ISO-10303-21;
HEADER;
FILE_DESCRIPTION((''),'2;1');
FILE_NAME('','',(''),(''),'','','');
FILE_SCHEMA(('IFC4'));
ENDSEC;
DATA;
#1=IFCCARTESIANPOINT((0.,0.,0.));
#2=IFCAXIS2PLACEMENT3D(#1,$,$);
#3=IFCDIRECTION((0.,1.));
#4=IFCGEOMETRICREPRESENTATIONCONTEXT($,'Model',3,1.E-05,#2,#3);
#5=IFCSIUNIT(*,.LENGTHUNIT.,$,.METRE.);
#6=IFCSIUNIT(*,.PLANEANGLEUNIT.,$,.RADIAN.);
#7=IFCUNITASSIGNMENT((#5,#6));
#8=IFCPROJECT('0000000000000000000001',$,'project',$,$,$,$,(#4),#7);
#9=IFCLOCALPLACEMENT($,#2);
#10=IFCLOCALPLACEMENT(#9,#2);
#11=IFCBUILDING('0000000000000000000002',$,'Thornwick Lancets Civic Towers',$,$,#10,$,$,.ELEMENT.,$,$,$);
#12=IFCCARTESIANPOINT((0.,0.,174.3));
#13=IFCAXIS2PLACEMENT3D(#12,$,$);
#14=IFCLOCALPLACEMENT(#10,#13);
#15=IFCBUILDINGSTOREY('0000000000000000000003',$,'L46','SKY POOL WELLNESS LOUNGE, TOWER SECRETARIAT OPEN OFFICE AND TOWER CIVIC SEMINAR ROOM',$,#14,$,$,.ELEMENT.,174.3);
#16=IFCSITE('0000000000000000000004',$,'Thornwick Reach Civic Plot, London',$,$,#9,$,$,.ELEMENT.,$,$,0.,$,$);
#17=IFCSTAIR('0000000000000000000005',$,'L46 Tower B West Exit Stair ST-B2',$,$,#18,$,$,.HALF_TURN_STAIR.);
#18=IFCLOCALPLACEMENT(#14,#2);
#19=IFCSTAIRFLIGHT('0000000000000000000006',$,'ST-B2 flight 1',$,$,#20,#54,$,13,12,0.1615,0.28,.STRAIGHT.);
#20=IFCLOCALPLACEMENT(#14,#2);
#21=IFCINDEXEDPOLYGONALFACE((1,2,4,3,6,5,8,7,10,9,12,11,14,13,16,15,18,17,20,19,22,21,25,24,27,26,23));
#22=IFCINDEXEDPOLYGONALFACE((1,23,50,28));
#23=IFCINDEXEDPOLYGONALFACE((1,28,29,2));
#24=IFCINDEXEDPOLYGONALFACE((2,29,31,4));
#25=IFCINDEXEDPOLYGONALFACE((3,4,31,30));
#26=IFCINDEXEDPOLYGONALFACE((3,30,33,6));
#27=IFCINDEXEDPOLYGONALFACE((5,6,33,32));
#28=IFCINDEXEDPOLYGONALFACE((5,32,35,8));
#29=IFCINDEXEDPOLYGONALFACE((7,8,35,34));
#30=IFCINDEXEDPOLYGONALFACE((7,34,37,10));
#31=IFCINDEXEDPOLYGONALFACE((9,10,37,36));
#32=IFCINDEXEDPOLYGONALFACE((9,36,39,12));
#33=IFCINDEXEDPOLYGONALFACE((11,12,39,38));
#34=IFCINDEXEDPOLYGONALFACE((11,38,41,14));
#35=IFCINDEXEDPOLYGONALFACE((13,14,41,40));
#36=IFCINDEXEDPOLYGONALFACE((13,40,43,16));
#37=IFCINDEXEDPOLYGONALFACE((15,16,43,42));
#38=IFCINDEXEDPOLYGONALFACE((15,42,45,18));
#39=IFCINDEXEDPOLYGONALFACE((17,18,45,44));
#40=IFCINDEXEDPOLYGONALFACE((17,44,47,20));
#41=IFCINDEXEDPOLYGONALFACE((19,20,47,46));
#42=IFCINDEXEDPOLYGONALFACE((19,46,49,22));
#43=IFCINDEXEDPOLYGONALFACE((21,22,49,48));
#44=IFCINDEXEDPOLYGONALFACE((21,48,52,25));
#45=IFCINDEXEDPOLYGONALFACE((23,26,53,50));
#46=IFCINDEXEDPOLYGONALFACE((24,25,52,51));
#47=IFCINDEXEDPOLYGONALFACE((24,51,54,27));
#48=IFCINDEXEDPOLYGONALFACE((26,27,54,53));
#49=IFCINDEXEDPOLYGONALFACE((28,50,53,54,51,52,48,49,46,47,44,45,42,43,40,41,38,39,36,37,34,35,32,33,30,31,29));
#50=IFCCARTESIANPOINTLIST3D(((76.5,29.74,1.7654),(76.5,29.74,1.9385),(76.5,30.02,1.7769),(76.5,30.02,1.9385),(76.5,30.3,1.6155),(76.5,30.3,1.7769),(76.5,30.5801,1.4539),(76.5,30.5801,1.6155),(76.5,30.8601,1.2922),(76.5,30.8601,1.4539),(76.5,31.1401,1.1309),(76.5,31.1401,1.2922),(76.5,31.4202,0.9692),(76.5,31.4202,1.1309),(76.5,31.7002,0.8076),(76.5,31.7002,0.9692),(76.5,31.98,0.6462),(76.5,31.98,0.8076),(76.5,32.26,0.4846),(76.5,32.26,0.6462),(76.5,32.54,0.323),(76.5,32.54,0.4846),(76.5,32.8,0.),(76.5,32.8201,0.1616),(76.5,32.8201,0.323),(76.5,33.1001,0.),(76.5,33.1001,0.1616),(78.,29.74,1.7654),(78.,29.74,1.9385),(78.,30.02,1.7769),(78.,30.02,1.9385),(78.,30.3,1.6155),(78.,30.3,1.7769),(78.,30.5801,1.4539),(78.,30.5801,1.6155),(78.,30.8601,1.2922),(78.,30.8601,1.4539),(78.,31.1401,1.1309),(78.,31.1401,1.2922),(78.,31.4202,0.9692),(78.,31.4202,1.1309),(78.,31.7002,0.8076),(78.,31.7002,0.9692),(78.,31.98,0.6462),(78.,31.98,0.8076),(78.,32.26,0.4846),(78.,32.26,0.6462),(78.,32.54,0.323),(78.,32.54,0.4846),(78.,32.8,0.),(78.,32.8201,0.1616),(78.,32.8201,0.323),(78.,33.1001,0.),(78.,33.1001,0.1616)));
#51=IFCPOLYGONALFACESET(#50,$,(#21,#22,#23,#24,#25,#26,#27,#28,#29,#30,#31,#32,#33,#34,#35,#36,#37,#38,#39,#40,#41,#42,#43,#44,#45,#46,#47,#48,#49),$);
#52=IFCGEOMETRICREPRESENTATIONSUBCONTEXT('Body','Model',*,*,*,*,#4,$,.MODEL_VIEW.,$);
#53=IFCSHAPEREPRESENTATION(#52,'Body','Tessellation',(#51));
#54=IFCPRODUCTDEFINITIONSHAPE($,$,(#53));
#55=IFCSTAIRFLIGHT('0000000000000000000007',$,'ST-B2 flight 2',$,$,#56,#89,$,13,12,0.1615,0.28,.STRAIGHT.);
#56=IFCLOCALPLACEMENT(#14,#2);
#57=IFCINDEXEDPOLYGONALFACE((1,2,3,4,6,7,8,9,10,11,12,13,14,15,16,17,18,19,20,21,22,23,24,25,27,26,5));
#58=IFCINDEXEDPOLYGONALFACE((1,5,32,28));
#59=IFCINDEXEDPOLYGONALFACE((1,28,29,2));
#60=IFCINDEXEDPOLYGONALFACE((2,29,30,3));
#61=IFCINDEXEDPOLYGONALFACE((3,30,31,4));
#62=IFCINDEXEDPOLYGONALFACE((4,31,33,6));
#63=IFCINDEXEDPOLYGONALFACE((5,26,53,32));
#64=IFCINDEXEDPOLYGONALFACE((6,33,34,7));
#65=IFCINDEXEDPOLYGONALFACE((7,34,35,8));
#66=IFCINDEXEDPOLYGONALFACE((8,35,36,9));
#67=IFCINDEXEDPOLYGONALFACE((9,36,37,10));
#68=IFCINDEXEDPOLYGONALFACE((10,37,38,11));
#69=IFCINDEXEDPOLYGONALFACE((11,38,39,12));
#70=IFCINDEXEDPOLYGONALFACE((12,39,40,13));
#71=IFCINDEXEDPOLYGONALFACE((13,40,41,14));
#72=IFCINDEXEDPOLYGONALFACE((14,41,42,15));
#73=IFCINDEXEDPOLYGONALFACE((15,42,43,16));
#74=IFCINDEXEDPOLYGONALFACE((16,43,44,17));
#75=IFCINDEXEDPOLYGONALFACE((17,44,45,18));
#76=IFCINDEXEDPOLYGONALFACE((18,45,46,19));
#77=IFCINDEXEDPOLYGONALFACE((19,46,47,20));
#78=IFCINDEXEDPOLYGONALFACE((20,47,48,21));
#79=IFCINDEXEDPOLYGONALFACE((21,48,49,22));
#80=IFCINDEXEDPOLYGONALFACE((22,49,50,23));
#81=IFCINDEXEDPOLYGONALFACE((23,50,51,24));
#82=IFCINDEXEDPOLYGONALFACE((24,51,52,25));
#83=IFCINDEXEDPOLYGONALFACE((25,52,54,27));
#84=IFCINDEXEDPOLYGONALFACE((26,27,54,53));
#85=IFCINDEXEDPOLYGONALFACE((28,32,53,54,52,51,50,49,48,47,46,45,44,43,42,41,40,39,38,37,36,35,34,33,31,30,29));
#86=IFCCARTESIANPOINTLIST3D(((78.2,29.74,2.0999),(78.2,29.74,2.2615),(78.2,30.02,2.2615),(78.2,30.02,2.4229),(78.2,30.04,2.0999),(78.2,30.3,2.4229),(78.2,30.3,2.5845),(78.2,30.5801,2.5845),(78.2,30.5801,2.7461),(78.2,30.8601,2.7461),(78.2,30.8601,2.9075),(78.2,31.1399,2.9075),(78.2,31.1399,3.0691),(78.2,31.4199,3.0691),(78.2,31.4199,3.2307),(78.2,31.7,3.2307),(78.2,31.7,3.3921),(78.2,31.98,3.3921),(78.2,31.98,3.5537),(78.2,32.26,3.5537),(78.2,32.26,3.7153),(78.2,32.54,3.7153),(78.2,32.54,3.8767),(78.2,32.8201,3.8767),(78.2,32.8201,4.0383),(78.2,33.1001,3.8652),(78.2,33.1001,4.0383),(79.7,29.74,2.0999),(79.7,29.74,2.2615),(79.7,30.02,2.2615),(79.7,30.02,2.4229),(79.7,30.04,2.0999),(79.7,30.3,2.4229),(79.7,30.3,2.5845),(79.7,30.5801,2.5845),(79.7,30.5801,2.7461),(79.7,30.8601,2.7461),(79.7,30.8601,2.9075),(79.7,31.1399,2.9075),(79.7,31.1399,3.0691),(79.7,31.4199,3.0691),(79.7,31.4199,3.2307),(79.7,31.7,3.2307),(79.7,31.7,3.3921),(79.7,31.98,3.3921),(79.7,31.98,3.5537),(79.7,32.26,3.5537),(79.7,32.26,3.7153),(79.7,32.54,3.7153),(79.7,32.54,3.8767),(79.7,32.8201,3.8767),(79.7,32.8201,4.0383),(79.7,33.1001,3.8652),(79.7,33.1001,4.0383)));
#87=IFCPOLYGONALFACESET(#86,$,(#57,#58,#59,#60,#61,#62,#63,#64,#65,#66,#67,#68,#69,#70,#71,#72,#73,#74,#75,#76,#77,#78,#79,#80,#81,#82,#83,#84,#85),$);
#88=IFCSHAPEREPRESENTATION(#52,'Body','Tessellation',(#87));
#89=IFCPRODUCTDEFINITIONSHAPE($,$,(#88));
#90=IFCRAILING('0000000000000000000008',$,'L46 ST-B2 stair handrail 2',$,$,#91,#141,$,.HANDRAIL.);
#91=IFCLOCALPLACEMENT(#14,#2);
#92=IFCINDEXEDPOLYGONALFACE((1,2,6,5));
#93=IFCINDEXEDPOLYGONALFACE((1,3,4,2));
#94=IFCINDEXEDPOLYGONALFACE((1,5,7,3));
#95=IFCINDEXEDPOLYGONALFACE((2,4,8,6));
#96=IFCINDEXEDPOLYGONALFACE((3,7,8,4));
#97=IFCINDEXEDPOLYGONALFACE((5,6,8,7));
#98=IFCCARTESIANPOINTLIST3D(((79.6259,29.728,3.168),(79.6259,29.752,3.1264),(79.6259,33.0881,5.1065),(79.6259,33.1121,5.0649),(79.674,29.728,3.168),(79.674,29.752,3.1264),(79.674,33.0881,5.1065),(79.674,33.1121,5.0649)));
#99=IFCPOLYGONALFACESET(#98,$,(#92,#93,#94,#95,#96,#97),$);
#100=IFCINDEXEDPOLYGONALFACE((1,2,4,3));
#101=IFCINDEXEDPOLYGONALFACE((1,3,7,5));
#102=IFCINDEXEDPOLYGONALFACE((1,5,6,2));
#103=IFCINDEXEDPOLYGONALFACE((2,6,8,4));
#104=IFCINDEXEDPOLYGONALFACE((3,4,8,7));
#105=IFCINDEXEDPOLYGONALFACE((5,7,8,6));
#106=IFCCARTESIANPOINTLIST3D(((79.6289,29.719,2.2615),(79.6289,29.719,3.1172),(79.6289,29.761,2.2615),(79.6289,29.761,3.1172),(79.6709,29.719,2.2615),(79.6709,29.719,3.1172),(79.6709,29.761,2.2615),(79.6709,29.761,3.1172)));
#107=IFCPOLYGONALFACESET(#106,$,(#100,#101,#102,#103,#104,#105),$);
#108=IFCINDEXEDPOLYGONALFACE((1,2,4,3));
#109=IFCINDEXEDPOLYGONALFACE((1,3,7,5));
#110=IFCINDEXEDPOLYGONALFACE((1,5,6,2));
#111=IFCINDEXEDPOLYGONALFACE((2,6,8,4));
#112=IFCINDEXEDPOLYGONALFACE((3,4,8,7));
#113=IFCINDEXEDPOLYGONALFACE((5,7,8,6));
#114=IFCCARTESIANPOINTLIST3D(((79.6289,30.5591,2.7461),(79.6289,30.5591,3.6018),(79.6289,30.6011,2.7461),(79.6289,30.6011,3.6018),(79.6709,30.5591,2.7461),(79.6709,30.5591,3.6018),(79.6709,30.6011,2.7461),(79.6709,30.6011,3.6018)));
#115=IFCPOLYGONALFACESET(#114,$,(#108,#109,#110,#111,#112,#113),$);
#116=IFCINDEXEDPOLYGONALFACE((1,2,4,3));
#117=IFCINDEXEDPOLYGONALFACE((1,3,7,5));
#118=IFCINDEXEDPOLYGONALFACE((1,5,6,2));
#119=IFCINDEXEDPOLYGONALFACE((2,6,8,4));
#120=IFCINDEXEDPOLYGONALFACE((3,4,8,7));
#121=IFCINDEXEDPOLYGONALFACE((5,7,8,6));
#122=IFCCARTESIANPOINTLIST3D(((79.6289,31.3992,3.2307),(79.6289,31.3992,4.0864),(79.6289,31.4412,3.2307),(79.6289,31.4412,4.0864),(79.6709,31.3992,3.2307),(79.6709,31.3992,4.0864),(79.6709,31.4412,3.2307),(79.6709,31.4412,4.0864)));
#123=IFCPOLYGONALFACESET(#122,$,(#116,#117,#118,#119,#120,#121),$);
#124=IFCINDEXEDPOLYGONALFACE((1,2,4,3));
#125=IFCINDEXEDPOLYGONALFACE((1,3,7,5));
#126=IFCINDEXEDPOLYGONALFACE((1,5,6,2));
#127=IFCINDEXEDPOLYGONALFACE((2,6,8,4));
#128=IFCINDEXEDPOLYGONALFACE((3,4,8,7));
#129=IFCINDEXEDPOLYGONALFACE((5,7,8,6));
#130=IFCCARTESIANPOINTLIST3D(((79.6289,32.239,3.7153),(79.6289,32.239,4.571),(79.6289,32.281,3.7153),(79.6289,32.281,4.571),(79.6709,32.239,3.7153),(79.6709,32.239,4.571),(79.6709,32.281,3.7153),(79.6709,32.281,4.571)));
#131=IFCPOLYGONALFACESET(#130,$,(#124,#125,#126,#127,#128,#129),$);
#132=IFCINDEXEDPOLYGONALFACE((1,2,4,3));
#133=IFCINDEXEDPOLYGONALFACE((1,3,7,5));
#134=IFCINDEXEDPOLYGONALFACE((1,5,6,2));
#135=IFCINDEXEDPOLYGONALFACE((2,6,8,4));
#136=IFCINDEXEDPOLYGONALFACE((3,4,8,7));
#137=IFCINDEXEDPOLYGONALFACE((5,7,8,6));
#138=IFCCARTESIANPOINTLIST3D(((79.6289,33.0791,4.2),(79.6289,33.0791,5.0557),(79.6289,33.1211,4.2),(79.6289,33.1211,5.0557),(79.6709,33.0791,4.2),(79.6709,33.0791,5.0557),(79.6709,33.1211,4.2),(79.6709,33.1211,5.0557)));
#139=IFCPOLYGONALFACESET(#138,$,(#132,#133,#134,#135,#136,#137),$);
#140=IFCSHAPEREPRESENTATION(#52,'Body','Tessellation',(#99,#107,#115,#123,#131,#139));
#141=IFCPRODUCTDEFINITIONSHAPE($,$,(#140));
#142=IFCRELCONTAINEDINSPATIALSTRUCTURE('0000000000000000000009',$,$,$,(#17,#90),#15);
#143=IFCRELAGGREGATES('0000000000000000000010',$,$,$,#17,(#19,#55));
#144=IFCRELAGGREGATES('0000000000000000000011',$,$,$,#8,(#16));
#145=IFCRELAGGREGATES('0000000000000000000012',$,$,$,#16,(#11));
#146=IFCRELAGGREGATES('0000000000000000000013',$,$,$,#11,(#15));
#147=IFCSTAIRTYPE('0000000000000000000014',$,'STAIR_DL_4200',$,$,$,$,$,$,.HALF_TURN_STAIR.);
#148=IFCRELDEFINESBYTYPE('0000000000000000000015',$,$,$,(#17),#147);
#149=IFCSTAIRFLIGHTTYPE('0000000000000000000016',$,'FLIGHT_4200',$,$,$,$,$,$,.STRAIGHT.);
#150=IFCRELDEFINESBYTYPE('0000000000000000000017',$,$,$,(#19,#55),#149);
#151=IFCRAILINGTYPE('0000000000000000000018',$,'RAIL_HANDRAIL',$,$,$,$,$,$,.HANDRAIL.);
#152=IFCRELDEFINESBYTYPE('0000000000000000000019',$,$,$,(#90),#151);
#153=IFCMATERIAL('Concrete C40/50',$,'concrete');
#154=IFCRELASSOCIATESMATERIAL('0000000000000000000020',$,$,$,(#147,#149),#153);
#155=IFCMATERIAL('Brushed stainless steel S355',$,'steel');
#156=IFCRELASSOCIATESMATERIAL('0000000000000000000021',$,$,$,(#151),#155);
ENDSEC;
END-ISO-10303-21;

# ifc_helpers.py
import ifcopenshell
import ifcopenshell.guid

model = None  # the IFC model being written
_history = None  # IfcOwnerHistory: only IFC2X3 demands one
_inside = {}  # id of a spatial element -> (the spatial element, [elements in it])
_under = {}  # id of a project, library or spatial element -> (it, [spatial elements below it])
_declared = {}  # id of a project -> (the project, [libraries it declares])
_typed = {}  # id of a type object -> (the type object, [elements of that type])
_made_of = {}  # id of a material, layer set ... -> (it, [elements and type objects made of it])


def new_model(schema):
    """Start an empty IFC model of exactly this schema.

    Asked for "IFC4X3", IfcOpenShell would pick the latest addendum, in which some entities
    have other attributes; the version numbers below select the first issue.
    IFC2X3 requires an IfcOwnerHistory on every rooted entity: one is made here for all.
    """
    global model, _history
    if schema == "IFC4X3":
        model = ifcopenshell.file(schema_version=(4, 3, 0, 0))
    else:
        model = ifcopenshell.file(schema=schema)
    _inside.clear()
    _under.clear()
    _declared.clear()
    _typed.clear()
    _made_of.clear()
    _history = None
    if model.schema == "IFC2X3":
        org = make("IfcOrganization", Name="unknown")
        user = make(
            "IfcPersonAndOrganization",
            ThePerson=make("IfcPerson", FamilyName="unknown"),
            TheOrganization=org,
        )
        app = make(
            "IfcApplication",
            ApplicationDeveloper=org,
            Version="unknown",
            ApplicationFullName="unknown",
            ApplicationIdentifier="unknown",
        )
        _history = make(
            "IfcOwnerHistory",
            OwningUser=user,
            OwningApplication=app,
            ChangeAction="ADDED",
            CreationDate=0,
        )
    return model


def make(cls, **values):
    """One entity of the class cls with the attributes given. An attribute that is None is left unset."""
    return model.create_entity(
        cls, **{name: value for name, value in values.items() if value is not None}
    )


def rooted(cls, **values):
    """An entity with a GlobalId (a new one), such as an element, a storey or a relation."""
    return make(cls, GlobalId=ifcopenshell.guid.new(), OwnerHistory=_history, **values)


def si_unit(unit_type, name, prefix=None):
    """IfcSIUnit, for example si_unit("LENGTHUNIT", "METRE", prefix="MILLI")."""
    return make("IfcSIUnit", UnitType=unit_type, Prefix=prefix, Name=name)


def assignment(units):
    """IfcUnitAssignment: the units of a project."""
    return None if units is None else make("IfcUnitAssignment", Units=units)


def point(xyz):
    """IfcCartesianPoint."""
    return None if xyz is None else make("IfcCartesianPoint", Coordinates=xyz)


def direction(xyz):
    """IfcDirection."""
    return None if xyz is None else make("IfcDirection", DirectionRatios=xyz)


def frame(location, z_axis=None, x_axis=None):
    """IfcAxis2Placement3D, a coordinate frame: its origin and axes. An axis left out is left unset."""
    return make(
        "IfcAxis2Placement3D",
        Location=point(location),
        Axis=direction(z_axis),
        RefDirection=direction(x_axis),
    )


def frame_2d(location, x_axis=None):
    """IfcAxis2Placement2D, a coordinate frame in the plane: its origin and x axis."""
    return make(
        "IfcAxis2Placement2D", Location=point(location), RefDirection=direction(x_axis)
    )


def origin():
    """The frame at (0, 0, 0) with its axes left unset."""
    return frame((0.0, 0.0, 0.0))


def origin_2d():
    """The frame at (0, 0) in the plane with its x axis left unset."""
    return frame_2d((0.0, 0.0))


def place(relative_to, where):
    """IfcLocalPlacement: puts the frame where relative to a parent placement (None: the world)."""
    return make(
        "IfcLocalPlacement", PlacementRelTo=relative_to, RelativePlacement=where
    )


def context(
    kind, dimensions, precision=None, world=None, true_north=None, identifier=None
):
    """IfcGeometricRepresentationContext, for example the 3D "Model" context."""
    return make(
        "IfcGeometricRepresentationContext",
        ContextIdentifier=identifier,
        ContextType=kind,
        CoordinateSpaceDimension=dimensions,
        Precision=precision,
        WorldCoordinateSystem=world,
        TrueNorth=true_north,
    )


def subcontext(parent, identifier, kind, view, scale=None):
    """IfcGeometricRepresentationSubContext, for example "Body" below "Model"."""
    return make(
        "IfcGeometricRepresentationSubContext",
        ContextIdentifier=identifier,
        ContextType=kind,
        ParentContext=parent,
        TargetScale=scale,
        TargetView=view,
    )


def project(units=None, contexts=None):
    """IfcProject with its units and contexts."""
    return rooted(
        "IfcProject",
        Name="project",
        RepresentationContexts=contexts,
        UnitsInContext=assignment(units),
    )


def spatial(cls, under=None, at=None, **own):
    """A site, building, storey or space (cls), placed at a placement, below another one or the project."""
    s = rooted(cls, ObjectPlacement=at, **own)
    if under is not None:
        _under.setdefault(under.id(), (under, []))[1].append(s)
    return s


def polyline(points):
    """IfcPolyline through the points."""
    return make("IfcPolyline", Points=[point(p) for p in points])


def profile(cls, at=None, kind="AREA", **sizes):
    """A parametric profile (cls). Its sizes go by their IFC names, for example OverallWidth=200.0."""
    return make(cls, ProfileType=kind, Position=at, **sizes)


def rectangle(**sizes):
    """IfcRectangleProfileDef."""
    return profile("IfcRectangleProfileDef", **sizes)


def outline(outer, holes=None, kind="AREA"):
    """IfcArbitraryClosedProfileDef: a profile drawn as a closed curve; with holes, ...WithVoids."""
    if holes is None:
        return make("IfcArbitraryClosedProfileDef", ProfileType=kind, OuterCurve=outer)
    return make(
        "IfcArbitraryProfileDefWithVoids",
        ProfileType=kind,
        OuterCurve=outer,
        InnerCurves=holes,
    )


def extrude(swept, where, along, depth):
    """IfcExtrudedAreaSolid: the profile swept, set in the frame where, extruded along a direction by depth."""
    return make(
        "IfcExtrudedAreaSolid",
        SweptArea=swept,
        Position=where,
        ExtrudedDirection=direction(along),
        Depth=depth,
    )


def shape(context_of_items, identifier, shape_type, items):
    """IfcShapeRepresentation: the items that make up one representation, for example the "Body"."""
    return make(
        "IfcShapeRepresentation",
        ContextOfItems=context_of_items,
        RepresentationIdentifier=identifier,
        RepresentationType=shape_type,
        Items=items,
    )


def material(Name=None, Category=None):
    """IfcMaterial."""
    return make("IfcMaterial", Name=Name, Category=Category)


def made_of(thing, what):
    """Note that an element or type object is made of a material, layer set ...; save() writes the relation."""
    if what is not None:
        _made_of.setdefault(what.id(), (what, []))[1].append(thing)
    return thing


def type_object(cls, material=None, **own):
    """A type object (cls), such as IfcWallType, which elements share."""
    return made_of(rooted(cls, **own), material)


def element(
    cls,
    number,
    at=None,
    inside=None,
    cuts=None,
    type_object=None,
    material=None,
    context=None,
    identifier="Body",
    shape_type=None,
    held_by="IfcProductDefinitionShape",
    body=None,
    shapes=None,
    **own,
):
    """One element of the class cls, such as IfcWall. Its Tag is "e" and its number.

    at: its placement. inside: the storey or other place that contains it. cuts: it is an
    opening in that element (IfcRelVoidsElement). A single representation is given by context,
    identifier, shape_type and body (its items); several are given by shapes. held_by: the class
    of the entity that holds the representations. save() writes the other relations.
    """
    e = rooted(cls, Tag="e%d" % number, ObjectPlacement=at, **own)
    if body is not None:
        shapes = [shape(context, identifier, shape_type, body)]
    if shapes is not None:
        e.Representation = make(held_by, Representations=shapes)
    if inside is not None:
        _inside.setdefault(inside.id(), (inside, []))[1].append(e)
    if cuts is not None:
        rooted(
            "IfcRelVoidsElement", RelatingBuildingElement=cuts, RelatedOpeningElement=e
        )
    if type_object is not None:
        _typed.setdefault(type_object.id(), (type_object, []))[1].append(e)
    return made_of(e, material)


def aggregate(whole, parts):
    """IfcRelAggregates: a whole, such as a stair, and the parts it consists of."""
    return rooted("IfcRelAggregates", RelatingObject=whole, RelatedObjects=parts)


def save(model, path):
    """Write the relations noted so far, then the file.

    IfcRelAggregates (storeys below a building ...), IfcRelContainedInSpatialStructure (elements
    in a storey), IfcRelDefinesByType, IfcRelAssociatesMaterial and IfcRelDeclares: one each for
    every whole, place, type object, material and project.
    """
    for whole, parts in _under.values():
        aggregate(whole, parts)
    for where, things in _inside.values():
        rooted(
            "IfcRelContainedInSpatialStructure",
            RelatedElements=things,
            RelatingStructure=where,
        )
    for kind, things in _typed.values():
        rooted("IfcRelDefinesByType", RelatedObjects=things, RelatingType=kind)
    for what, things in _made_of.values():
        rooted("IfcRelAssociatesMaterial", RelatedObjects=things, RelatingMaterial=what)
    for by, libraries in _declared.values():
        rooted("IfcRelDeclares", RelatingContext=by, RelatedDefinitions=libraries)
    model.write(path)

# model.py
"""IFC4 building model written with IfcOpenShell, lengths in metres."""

from ifc_helpers import new_model, si_unit, direction, frame, origin, origin_2d, place, context, subcontext, project, spatial, polyline, rectangle, outline, extrude, material, type_object, element, aggregate, save


model = new_model("IFC4")

# Units and contexts
model_context = context("Model", 3, precision=1e-05, world=origin(), true_north=direction((0.0, 1.0)))
body_context = subcontext(model_context, "Body", "Model", "MODEL_VIEW")
ifc_project = project(units=[si_unit("LENGTHUNIT", "METRE"), si_unit("PLANEANGLEUNIT", "RADIAN")], contexts=[model_context])

# Site, building, storey
site_placement = place(None, origin())
site = spatial("IfcSite", under=ifc_project, at=site_placement, Name="Thornwick Reach Civic Plot, London", CompositionType="ELEMENT", RefElevation=0.0)
building_placement = place(site_placement, origin())
building = spatial("IfcBuilding", under=site, at=building_placement, Name="Thornwick Lancets Civic Towers", CompositionType="ELEMENT")
storey_placement = place(building_placement, frame((0.0, 0.0, 174.3)))
storey = spatial("IfcBuildingStorey", under=building, at=storey_placement, Name="L46", Description="SKY POOL WELLNESS LOUNGE, TOWER SECRETARIAT OPEN OFFICE AND TOWER CIVIC SEMINAR ROOM", CompositionType="ELEMENT", Elevation=174.3)

# Shared definitions
ifc_material_1 = material(Name="Concrete C40/50", Category="concrete")

# Stair, stair flights
stair_type = type_object("IfcStairType", Name="STAIR_DL_4200", PredefinedType="HALF_TURN_STAIR", material=ifc_material_1)
stair_placement = place(storey_placement, origin())
stair = element("IfcStair", 1, at=stair_placement, inside=storey, type_object=stair_type, Name="L46 Tower B West Exit Stair ST-B2", PredefinedType="HALF_TURN_STAIR")
stair_flight_type = type_object("IfcStairFlightType", Name="FLIGHT_4200", PredefinedType="STRAIGHT", material=ifc_material_1)
stair_flight_1_placement = place(storey_placement, frame((77.25, 33.1001, 0.0), z_axis=(0.0, 0.0, 1.0), x_axis=(0.0, -1.0, 0.0)))
stair_flight_1 = element("IfcStairFlight", 2, at=stair_flight_1_placement, type_object=stair_flight_type, Name="ST-B2 flight 1", NumberOfRisers=13, NumberOfTreads=12, PredefinedType="STRAIGHT", RiserHeight=0.1615, TreadLength=0.28, context=body_context, shape_type="SweptSolid", body=[
    extrude(outline(polyline([(0.0, 0.0), (0.0, 0.1616), (0.28, 0.1616), (0.28, 0.323), (0.5601, 0.323), (0.5601, 0.4846), (0.8401, 0.4846), (0.8401, 0.6462), (1.1201, 0.6462), (1.1201, 0.8076), (1.3999, 0.8076), (1.3999, 0.9692), (1.6799, 0.9692), (1.6799, 1.1309), (1.96, 1.1309), (1.96, 1.2922), (2.24, 1.2922), (2.24, 1.4539), (2.52, 1.4539), (2.52, 1.6155), (2.8, 1.6155), (2.8, 1.7769), (3.0801, 1.7769), (3.0801, 1.9385), (3.3601, 1.9385), (3.3601, 2.1001), (3.3601, 1.7654), (0.3, 0.0), (0.0, 0.0)])), frame((0.0, 0.75, 0.0), z_axis=(0.0, -1.0, 0.0), x_axis=(1.0, 0.0, 0.0)), (0.0, 0.0, 1.0), 1.5),
])
stair_flight_2_placement = place(storey_placement, frame((78.95, 29.74, 2.0999), z_axis=(0.0, 0.0, 1.0), x_axis=(0.0, 1.0, 0.0)))
stair_flight_2 = element("IfcStairFlight", 3, at=stair_flight_2_placement, type_object=stair_flight_type, Name="ST-B2 flight 2", NumberOfRisers=13, NumberOfTreads=12, PredefinedType="STRAIGHT", RiserHeight=0.1615, TreadLength=0.28, context=body_context, shape_type="SweptSolid", body=[
    extrude(outline(polyline([(0.0, 0.0), (0.0, 0.1616), (0.28, 0.1616), (0.28, 0.323), (0.5601, 0.323), (0.5601, 0.4846), (0.8401, 0.4846), (0.8401, 0.6462), (1.1201, 0.6462), (1.1201, 0.8076), (1.3999, 0.8076), (1.3999, 0.9692), (1.6799, 0.9692), (1.6799, 1.1309), (1.96, 1.1309), (1.96, 1.2922), (2.24, 1.2922), (2.24, 1.4539), (2.52, 1.4539), (2.52, 1.6155), (2.8, 1.6155), (2.8, 1.7769), (3.0801, 1.7769), (3.0801, 1.9385), (3.3601, 1.9385), (3.3601, 2.1001), (3.3601, 1.7654), (0.3, 0.0), (0.0, 0.0)])), frame((0.0, 0.75, 0.0), z_axis=(0.0, -1.0, 0.0), x_axis=(1.0, 0.0, 0.0)), (0.0, 0.0, 1.0), 1.5),
])
aggregate(stair, [stair_flight_1, stair_flight_2])

# Railing
ifc_material_2 = material(Name="Brushed stainless steel S355", Category="steel")
railing_type_1 = type_object("IfcRailingType", Name="RAIL_HANDRAIL", PredefinedType="HANDRAIL", material=ifc_material_2)
railing_1_placement = place(storey_placement, frame((79.6499, 29.74, 2.2615)))
element("IfcRailing", 4, at=railing_1_placement, inside=storey, type_object=railing_type_1, Name="L46 ST-B2 stair handrail 2", PredefinedType="HANDRAIL", context=body_context, shape_type="SweptSolid", body=[
    extrude(rectangle(XDim=0.0481, YDim=0.0481, at=origin_2d()), frame((0.0, 0.0, 0.8857), z_axis=(0.0, 0.866191, 0.499713), x_axis=(-1.0, 0.0, 0.0)), (0.0, 0.0, 1.0), 3.8792),
    extrude(rectangle(XDim=0.042, YDim=0.042, at=origin_2d()), origin(), (0.0, 0.0, 1.0), 0.8557),
    extrude(rectangle(XDim=0.042, YDim=0.042, at=origin_2d()), frame((0.0, 0.8401, 0.4846)), (0.0, 0.0, 1.0), 0.8557),
    extrude(rectangle(XDim=0.042, YDim=0.042, at=origin_2d()), frame((0.0, 1.6802, 0.9692)), (0.0, 0.0, 1.0), 0.8557),
    extrude(rectangle(XDim=0.042, YDim=0.042, at=origin_2d()), frame((0.0, 2.52, 1.4539)), (0.0, 0.0, 1.0), 0.8557),
    extrude(rectangle(XDim=0.042, YDim=0.042, at=origin_2d()), frame((0.0, 3.3601, 1.9385)), (0.0, 0.0, 1.0), 0.8557),
])

save(model, "model.ifc")
